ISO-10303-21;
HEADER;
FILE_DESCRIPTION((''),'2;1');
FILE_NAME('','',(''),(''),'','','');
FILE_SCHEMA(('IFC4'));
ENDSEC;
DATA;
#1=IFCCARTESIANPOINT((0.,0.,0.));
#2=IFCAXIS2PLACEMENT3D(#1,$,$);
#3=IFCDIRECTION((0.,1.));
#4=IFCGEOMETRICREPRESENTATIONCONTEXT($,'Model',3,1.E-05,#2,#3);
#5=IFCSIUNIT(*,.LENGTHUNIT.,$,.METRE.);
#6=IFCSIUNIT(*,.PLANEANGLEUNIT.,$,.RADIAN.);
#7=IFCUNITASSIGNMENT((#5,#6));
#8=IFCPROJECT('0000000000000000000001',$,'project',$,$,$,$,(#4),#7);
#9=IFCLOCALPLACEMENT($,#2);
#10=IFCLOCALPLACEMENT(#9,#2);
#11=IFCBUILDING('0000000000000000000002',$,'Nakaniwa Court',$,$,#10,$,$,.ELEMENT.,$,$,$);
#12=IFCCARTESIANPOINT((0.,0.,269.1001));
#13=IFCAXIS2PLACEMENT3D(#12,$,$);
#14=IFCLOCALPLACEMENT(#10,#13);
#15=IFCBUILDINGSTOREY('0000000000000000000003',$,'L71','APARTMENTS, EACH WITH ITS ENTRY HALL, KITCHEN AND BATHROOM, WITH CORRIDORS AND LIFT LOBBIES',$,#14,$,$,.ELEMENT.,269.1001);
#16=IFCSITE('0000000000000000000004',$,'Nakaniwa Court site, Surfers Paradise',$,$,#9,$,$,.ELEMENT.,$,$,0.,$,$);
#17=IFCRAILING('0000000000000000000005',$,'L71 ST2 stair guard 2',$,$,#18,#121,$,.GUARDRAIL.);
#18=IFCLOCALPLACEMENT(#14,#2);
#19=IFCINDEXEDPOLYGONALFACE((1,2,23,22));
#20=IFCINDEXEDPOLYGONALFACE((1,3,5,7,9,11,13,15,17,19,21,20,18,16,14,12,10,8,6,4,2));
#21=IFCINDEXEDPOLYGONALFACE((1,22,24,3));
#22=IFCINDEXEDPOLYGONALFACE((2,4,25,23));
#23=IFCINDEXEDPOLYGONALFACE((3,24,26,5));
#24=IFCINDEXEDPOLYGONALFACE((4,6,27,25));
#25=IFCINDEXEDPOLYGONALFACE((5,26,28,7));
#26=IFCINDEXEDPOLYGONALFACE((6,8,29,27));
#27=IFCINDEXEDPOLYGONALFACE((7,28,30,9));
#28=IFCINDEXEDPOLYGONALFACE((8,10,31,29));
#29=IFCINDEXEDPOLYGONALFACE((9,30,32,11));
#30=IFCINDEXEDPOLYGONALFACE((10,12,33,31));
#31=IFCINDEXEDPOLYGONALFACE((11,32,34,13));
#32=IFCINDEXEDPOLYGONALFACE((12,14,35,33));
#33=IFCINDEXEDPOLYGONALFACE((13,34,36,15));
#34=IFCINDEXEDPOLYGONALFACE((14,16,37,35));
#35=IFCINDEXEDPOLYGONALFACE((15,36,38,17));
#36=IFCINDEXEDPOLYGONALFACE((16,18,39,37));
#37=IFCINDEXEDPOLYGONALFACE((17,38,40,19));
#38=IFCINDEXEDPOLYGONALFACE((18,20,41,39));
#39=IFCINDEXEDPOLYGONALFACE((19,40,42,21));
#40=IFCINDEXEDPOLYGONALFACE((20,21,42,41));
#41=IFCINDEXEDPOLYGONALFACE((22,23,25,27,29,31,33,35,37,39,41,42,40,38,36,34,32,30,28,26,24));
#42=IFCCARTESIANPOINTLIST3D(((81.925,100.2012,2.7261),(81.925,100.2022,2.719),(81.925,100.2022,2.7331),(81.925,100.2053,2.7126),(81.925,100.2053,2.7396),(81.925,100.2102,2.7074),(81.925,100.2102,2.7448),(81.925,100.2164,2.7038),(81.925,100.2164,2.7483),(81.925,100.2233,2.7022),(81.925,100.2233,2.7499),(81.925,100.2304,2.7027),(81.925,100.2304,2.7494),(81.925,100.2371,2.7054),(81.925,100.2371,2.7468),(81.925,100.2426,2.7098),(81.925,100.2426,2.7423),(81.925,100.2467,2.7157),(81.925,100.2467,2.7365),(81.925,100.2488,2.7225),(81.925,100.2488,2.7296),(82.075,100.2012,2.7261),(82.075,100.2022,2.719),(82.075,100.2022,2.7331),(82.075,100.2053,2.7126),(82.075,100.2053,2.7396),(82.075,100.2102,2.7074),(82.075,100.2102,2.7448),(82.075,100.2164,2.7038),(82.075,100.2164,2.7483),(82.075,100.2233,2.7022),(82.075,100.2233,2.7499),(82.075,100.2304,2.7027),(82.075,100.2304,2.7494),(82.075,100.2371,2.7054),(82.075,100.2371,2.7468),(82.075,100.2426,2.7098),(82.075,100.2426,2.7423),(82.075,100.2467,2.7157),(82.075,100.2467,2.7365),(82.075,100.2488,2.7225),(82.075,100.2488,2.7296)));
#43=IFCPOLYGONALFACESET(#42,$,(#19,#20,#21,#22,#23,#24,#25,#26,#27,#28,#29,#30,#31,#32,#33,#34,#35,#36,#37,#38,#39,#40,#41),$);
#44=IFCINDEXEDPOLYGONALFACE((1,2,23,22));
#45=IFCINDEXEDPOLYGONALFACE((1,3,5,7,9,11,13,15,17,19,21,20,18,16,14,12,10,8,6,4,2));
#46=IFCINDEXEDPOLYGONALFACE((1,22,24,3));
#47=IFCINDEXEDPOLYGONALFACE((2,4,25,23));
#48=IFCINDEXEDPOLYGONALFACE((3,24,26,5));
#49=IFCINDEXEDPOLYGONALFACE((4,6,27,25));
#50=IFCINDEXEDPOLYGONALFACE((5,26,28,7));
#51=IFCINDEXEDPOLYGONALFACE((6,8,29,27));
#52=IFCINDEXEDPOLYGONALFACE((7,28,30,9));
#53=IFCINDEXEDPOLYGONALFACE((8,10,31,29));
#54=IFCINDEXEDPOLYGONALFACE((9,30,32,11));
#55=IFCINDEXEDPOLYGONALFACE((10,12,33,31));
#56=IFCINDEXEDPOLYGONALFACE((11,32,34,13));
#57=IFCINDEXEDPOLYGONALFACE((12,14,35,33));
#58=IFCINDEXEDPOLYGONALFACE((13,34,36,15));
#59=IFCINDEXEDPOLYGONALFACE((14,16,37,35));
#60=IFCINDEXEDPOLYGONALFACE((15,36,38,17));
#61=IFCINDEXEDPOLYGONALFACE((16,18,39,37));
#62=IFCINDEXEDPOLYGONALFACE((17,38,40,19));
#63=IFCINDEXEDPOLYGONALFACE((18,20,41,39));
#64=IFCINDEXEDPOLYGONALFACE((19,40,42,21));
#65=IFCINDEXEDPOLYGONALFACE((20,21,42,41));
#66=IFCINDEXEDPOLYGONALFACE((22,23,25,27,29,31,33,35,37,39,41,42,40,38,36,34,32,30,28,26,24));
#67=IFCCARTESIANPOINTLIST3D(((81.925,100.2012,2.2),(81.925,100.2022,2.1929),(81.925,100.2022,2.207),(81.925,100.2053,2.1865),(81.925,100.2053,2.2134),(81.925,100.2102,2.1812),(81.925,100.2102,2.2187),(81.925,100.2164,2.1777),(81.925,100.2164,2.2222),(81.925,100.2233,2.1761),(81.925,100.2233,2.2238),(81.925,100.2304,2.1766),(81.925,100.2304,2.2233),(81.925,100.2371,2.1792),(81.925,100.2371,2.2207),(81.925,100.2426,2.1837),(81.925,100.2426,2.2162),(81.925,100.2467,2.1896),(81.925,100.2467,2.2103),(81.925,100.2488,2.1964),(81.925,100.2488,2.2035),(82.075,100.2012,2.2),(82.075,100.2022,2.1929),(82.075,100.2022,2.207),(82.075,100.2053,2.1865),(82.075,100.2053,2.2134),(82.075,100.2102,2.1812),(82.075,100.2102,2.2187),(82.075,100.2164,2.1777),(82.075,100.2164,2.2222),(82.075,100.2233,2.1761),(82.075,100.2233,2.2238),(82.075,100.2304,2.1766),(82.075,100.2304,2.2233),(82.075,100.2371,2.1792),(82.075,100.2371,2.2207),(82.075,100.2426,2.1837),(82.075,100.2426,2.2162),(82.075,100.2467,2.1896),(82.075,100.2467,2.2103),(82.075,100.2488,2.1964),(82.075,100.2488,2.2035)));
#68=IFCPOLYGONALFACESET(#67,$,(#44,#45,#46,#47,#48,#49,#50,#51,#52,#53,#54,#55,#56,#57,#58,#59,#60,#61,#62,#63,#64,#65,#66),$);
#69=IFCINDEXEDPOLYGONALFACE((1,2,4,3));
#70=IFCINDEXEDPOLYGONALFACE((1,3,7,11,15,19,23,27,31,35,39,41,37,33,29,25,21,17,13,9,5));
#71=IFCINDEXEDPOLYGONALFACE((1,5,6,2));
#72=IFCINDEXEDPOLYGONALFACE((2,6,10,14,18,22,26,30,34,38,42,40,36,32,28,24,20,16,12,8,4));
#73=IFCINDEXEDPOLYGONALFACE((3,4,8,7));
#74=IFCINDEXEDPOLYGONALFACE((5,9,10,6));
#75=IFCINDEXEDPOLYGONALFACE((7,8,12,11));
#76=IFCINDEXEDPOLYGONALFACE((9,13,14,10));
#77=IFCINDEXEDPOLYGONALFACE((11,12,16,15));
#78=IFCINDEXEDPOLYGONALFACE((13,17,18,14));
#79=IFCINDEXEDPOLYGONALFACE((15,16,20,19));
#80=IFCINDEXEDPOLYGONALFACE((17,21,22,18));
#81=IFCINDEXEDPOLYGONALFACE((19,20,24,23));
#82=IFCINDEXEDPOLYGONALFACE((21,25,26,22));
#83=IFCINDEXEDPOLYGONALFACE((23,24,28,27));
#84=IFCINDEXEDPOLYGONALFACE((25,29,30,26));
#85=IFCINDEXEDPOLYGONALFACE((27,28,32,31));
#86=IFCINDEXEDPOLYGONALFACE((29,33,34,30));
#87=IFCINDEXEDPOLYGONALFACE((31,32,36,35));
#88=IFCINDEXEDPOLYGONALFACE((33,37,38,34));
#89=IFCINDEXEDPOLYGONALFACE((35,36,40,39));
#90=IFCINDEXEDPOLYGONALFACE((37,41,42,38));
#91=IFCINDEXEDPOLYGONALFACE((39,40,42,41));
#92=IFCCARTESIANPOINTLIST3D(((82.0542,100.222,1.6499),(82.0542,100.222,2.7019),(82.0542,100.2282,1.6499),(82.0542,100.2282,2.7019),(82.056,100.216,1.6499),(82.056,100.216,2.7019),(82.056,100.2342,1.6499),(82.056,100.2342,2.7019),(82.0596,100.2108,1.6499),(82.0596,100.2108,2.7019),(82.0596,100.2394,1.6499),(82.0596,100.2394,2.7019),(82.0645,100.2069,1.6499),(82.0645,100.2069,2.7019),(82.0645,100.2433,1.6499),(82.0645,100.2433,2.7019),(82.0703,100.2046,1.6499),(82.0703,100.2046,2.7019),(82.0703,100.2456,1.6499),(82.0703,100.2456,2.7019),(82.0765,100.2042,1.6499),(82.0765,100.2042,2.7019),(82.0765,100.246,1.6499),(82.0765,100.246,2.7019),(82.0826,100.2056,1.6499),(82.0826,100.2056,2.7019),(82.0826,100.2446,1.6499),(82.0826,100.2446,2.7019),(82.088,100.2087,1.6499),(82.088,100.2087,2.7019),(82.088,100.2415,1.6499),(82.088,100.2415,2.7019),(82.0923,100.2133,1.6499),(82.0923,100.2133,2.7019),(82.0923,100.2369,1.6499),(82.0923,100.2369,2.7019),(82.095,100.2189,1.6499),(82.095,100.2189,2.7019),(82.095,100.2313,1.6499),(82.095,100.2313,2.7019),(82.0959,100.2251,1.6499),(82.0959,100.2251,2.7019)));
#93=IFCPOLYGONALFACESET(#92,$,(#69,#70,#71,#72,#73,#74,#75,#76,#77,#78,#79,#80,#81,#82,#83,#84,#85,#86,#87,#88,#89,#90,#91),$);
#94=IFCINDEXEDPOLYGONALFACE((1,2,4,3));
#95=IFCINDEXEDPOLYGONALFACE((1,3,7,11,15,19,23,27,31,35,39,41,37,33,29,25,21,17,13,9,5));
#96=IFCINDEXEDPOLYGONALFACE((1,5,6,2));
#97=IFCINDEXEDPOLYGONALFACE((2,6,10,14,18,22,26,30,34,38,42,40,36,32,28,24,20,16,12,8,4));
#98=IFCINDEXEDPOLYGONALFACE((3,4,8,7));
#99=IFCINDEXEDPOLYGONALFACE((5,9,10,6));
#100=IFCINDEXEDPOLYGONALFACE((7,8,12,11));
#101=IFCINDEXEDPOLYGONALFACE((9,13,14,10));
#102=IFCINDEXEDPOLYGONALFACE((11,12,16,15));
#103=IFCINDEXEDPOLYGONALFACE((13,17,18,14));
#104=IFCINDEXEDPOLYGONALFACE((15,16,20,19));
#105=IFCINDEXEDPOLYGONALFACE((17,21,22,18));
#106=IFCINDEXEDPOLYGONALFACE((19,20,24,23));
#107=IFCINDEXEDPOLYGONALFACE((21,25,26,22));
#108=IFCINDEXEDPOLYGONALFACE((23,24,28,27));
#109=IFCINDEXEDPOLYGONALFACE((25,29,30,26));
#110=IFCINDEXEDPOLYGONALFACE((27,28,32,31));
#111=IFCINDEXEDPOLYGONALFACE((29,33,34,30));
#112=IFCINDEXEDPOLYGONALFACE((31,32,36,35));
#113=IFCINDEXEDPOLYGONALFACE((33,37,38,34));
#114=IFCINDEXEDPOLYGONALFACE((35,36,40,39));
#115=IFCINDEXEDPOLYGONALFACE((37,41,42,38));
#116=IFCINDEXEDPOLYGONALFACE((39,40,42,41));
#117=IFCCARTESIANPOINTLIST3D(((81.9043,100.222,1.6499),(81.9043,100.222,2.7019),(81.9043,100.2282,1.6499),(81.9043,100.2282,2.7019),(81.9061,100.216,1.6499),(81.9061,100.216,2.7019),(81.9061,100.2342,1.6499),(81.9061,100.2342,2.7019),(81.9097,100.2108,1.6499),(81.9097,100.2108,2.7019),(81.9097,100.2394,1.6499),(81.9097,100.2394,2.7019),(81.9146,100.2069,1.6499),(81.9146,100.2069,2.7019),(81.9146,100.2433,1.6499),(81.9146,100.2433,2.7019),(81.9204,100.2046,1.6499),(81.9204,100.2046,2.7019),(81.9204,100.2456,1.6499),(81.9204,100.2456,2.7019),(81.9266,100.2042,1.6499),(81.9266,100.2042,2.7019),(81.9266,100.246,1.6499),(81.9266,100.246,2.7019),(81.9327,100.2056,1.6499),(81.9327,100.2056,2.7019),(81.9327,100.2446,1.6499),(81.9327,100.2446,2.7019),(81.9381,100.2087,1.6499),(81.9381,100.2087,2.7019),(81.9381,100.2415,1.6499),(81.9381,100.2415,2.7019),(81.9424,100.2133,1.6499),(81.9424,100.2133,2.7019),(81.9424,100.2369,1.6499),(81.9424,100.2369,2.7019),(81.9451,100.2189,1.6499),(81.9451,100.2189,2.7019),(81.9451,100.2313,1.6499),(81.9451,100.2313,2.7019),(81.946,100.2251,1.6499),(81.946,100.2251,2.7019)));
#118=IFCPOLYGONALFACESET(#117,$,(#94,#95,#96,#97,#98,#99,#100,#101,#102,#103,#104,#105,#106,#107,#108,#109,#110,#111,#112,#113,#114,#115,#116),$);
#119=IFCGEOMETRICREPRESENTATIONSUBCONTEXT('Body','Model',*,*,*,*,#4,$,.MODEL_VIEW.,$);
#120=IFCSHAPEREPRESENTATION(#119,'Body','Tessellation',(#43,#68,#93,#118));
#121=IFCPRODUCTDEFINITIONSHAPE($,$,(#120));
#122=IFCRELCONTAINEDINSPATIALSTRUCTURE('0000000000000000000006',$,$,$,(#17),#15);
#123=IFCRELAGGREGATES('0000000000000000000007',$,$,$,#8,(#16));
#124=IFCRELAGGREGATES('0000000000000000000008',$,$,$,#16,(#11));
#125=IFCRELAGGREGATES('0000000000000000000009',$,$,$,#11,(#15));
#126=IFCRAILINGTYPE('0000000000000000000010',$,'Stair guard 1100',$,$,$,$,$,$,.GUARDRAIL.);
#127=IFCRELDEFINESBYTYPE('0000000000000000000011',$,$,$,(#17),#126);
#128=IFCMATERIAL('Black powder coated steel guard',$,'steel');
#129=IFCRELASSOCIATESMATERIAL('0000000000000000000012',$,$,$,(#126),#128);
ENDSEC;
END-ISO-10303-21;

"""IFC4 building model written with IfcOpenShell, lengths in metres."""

from ifc_helpers import new_model, si_unit, direction, frame, origin, origin_2d, place, context, subcontext, project, spatial, circle, extrude, material, type_object, element, save


model = new_model("IFC4")

# Units and contexts
model_context = context("Model", 3, precision=1e-05, world=origin(), true_north=direction((0.0, 1.0)))
body_context = subcontext(model_context, "Body", "Model", "MODEL_VIEW")
ifc_project = project(units=[si_unit("LENGTHUNIT", "METRE"), si_unit("PLANEANGLEUNIT", "RADIAN")], contexts=[model_context])

# Site, building, storey
site_placement = place(None, origin())
site = spatial("IfcSite", under=ifc_project, at=site_placement, Name="Nakaniwa Court site, Surfers Paradise", CompositionType="ELEMENT", RefElevation=0.0)
building_placement = place(site_placement, origin())
building = spatial("IfcBuilding", under=site, at=building_placement, Name="Nakaniwa Court", CompositionType="ELEMENT")
storey_placement = place(building_placement, frame((0.0, 0.0, 269.1001)))
storey = spatial("IfcBuildingStorey", under=building, at=storey_placement, Name="L71", Description="APARTMENTS, EACH WITH ITS ENTRY HALL, KITCHEN AND BATHROOM, WITH CORRIDORS AND LIFT LOBBIES", CompositionType="ELEMENT", Elevation=269.1001)

# Railing
ifc_material_1 = material(Name="Black powder coated steel guard", Category="steel")
railing_type_1 = type_object("IfcRailingType", Name="Stair guard 1100", PredefinedType="GUARDRAIL", material=ifc_material_1)
railing_1_placement = place(storey_placement, frame((82.075, 100.2251, 1.6499)))
element("IfcRailing", 1, at=railing_1_placement, inside=storey, type_object=railing_type_1, Name="L71 ST2 stair guard 2", PredefinedType="GUARDRAIL", context=body_context, shape_type="SweptSolid", body=[
    extrude(circle(Radius=0.0239, at=origin_2d()), frame((0.0, 0.0, 1.0762), z_axis=(-1.0, 0.0, 0.0), x_axis=(0.0, -1.0, 0.0)), (0.0, 0.0, 1.0), 0.1499),
    extrude(circle(Radius=0.0239, at=origin_2d()), frame((0.0, 0.0, 0.55), z_axis=(-1.0, 0.0, 0.0), x_axis=(0.0, -1.0, 0.0)), (0.0, 0.0, 1.0), 0.1499),
    extrude(circle(Radius=0.021, at=origin_2d()), origin(), (0.0, 0.0, 1.0), 1.052),
    extrude(circle(Radius=0.021, at=origin_2d()), frame((-0.1499, 0.0, 0.0)), (0.0, 0.0, 1.0), 1.052),
])

save(model, "model.ifc")
